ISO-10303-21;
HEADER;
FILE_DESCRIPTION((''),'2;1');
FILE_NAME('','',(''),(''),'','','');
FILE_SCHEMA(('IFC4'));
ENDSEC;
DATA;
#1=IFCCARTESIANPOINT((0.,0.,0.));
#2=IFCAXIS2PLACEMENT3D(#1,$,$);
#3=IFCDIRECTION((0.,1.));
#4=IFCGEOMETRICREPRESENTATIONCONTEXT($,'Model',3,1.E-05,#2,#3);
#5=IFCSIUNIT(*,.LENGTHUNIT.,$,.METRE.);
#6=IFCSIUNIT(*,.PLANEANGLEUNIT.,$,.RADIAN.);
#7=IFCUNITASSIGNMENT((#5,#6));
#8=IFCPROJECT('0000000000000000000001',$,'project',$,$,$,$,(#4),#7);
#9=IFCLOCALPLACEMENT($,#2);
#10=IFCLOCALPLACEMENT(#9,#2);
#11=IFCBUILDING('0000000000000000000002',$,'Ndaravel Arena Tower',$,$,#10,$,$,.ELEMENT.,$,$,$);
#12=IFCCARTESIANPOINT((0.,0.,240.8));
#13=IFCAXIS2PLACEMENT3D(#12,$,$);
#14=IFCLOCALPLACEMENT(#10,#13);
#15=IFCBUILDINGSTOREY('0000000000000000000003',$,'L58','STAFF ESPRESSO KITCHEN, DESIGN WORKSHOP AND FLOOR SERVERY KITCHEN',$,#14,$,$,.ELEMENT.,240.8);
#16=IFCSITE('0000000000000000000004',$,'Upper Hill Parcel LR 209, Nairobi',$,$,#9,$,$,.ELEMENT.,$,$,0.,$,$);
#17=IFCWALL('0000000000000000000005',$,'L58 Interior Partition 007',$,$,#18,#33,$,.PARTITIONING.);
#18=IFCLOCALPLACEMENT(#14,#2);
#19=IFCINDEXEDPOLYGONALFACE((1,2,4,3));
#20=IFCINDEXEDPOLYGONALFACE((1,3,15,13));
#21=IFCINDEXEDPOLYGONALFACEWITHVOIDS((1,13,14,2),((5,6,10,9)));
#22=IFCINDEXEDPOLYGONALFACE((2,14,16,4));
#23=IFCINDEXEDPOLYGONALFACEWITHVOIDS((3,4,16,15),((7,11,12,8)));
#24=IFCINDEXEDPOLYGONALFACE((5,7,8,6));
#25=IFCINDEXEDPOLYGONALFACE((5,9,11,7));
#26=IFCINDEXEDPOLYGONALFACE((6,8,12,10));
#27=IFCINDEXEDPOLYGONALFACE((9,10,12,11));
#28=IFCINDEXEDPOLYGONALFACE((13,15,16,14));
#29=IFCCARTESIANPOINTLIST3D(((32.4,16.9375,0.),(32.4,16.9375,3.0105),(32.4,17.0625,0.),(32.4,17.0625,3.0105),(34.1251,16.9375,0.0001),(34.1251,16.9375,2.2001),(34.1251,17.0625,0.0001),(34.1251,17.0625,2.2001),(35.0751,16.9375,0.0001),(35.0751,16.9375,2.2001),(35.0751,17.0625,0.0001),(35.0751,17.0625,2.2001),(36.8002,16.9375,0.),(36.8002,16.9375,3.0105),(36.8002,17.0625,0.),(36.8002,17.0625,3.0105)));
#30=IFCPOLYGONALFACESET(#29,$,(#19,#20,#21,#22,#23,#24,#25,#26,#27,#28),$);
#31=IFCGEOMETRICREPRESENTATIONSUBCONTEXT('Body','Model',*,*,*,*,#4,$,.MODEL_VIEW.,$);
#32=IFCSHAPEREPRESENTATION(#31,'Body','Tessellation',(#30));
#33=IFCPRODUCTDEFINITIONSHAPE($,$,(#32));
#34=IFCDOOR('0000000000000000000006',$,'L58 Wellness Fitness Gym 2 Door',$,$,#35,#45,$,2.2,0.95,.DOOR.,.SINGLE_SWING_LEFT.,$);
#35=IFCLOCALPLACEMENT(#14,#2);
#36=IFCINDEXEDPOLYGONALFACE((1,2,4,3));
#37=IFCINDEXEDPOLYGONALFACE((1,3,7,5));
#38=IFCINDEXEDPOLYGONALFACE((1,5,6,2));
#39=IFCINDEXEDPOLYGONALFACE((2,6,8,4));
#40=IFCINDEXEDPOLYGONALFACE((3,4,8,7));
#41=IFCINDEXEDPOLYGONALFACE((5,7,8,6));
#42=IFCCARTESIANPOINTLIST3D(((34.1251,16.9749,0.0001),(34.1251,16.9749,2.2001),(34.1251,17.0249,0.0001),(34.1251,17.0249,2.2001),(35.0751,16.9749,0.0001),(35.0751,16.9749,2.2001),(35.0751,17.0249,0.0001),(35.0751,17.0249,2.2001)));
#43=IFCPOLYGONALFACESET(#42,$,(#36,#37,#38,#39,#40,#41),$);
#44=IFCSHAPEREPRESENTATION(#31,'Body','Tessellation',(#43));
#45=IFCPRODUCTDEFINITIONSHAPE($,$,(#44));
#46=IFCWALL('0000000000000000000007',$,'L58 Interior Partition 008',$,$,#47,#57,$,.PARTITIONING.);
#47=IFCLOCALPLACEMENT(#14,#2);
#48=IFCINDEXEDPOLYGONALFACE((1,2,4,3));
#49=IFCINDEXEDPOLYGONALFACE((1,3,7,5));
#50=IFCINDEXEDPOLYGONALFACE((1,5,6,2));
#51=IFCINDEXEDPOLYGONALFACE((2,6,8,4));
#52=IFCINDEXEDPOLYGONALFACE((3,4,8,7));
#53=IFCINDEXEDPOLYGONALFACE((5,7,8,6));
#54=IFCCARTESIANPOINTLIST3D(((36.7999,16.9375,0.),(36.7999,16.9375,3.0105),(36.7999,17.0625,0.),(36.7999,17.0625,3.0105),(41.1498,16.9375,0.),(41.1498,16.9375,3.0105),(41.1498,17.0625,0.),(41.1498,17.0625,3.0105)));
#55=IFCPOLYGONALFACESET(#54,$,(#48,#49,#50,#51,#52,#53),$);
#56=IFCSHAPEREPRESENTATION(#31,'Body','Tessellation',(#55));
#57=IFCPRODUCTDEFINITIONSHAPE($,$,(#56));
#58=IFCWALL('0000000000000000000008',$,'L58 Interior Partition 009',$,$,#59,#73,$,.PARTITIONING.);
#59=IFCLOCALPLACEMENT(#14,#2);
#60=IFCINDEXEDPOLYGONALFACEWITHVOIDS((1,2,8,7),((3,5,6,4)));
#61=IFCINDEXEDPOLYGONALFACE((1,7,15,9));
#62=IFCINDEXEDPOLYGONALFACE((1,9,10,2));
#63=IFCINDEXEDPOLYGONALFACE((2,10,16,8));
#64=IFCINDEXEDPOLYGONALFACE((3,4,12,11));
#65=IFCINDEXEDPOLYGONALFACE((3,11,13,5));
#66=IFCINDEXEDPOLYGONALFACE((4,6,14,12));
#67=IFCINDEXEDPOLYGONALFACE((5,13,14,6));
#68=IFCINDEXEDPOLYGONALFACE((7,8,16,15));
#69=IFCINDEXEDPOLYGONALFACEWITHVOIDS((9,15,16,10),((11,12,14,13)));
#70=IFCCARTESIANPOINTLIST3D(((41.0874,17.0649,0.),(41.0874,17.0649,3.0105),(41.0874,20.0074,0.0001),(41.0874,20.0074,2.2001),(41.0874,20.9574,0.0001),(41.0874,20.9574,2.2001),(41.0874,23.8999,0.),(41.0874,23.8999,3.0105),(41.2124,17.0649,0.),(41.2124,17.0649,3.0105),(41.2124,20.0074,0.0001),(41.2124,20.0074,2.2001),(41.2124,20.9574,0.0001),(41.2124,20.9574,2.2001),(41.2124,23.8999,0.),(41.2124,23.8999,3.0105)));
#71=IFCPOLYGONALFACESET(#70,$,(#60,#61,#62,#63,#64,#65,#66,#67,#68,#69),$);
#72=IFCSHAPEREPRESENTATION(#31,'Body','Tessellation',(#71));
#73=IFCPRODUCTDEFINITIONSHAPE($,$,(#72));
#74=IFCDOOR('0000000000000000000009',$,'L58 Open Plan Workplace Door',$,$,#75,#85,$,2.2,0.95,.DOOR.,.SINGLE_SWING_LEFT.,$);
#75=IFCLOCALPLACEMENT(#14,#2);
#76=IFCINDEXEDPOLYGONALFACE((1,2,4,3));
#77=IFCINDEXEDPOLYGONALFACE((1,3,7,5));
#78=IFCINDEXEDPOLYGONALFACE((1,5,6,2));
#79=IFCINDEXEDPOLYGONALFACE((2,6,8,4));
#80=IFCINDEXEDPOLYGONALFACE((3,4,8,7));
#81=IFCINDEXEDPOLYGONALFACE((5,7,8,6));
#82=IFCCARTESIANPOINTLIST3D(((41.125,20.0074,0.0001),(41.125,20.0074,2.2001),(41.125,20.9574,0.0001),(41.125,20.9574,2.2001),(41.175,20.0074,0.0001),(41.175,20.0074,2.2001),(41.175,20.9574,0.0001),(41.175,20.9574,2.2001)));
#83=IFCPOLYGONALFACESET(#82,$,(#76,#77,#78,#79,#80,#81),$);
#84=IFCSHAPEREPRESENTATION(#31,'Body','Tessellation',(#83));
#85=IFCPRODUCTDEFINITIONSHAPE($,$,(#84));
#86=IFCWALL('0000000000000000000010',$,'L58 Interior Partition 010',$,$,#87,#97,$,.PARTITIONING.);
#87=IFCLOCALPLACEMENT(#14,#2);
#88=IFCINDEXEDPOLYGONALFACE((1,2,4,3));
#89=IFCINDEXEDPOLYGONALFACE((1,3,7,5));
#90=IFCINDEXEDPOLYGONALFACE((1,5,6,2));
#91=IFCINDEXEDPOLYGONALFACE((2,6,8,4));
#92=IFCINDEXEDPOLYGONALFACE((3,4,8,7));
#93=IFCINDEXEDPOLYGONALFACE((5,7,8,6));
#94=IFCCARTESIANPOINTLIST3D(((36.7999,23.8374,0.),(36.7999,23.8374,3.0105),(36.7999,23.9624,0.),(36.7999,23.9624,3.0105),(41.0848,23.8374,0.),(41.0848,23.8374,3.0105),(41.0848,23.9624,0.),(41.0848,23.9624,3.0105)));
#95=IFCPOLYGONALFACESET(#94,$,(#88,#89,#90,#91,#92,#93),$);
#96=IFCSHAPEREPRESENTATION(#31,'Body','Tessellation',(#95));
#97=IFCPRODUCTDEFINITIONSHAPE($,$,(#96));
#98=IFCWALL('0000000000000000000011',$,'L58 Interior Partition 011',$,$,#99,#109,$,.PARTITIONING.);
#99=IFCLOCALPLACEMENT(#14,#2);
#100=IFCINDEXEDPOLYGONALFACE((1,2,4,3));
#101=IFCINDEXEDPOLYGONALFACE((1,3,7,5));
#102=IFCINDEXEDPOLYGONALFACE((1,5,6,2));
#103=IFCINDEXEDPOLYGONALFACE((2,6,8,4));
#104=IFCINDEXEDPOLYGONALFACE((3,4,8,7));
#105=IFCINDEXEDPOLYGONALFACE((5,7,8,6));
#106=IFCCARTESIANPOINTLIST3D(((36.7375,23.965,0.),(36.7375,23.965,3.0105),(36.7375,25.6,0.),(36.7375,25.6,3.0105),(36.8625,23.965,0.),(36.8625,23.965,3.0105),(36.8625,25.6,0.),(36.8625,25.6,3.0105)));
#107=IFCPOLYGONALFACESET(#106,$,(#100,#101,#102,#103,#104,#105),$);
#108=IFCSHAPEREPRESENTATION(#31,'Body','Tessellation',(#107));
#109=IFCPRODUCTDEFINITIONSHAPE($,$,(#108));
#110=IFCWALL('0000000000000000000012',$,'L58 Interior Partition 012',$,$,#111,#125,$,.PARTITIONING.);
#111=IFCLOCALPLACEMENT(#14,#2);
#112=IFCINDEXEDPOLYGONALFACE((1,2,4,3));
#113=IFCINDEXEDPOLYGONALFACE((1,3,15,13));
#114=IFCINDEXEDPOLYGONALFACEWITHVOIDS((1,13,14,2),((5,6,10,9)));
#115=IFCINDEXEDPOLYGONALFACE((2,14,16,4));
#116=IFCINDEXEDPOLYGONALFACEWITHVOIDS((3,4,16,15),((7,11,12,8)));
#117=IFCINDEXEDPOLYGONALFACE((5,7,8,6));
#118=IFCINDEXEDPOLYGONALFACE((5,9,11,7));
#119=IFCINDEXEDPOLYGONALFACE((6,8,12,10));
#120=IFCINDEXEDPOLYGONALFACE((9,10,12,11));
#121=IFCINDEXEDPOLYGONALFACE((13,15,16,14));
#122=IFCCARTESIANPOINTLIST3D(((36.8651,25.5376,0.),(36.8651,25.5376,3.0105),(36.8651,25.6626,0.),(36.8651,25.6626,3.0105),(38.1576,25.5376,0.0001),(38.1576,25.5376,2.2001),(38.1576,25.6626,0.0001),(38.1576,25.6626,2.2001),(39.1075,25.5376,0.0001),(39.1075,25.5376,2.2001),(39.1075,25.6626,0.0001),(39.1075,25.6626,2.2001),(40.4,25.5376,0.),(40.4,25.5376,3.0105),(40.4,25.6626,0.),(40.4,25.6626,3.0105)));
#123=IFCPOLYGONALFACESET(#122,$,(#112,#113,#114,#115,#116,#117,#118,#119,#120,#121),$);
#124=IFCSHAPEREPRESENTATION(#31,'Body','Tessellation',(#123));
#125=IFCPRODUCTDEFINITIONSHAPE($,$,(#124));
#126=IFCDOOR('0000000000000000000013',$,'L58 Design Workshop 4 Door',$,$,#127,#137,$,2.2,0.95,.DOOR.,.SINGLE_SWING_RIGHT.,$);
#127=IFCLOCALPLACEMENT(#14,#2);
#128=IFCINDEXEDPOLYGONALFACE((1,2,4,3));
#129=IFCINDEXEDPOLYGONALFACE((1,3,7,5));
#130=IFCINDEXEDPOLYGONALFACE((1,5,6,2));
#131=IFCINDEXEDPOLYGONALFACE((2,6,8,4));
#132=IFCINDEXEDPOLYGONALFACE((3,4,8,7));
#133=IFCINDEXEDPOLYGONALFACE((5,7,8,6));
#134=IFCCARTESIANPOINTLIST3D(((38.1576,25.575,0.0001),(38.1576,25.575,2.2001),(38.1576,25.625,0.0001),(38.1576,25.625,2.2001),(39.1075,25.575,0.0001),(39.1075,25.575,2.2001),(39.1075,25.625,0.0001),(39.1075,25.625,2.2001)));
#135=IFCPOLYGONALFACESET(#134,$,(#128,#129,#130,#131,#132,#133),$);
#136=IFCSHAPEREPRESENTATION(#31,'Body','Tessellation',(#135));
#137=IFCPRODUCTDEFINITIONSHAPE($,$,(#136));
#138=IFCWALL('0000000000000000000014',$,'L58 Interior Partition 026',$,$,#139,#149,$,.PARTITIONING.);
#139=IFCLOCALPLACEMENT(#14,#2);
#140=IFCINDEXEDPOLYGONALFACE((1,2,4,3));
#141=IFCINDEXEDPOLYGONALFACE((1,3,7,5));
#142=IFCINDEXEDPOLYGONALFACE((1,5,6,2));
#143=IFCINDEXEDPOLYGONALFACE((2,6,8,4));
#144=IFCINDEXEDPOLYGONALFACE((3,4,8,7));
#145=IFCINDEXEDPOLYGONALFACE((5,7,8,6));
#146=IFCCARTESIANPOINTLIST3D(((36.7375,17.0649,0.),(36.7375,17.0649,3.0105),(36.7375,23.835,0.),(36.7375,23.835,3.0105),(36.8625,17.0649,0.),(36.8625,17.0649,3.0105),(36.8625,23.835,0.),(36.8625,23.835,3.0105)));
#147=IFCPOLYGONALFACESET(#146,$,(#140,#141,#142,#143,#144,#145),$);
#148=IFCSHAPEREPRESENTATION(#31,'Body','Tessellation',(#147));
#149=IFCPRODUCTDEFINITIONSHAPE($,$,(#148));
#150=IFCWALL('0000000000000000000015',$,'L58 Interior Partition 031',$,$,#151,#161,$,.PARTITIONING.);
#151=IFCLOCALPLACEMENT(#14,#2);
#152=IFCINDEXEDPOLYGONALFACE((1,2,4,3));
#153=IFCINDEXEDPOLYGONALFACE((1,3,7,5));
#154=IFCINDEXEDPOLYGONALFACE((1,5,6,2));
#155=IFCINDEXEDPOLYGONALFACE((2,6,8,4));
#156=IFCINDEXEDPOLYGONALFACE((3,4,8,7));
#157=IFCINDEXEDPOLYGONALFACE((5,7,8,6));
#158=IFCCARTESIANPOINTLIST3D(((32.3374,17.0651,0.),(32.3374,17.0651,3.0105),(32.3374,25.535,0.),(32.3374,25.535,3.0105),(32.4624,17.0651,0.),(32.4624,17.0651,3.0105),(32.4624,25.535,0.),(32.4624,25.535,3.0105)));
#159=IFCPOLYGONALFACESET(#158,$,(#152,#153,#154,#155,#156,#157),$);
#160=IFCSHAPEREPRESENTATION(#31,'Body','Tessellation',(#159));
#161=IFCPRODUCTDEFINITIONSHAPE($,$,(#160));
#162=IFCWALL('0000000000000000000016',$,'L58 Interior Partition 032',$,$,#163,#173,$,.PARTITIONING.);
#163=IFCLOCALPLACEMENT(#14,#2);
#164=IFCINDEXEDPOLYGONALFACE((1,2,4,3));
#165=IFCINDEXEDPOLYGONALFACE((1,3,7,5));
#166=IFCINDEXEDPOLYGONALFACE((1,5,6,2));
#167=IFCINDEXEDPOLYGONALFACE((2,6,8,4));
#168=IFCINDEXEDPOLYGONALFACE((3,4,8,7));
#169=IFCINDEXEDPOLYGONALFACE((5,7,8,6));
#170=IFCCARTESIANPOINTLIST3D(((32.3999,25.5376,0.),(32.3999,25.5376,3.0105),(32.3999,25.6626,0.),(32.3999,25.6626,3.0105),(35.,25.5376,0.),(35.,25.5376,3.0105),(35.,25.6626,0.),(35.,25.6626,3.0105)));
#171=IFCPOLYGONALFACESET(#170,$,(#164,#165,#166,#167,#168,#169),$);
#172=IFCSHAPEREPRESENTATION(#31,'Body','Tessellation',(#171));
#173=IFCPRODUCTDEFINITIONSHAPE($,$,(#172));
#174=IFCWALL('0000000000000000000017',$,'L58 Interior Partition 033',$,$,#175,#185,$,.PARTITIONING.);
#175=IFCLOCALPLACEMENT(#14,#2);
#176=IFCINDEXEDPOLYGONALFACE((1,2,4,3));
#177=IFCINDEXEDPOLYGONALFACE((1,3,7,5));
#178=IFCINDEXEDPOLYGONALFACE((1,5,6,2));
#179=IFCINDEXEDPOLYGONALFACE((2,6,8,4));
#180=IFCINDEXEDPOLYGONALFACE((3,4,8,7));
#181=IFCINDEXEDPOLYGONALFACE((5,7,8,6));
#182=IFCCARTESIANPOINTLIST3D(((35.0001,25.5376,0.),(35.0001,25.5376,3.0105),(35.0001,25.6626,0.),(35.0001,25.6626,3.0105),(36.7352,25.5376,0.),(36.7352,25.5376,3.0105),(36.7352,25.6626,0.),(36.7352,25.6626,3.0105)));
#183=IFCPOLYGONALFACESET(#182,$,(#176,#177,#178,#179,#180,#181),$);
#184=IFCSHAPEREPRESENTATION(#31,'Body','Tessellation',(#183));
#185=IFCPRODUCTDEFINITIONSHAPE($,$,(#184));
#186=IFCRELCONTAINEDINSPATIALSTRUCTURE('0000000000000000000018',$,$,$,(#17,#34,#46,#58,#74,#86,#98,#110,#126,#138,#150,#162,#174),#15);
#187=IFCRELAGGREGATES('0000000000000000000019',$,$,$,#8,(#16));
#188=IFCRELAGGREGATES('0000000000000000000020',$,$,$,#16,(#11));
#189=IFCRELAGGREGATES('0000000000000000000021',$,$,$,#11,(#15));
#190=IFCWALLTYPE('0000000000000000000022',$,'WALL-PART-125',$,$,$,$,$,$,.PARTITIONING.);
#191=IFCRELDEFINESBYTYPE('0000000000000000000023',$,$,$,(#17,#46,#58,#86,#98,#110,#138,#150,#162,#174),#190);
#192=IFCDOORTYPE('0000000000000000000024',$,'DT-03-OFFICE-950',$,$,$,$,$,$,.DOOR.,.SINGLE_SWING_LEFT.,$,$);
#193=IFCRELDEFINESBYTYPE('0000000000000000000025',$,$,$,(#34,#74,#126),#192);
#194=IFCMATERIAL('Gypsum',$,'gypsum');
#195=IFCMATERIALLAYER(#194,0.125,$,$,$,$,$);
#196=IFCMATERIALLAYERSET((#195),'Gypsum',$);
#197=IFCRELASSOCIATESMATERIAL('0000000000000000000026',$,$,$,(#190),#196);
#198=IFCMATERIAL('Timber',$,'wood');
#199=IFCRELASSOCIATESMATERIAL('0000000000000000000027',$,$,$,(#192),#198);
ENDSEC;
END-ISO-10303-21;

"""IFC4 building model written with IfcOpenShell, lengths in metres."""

from ifc_helpers import new_model, si_unit, direction, frame, frame_2d, origin, place, context, subcontext, project, spatial, rectangle, extrude, material, layer, layer_set, type_object, element, fill, save


model = new_model("IFC4")

# Units and contexts
model_context = context("Model", 3, precision=1e-05, world=origin(), true_north=direction((0.0, 1.0)))
body_context = subcontext(model_context, "Body", "Model", "MODEL_VIEW")
ifc_project = project(units=[si_unit("LENGTHUNIT", "METRE"), si_unit("PLANEANGLEUNIT", "RADIAN")], contexts=[model_context])

# Site, building, storey
site_placement = place(None, origin())
site = spatial("IfcSite", under=ifc_project, at=site_placement, Name="Upper Hill Parcel LR 209, Nairobi", CompositionType="ELEMENT", RefElevation=0.0)
building_placement = place(site_placement, origin())
building = spatial("IfcBuilding", under=site, at=building_placement, Name="Ndaravel Arena Tower", CompositionType="ELEMENT")
storey_placement = place(building_placement, frame((0.0, 0.0, 240.8)))
storey = spatial("IfcBuildingStorey", under=building, at=storey_placement, Name="L58", Description="STAFF ESPRESSO KITCHEN, DESIGN WORKSHOP AND FLOOR SERVERY KITCHEN", CompositionType="ELEMENT", Elevation=240.8)

# Wall, opening, door
ifc_material_1 = material(Name="Gypsum", Category="gypsum")
ifc_layer_1 = layer(ifc_material_1, 0.125)
ifc_layer_set_1 = layer_set([ifc_layer_1], Name="Gypsum")
wall_type_1 = type_object("IfcWallType", Name="WALL-PART-125", PredefinedType="PARTITIONING", material=ifc_layer_set_1)
wall_1_placement = place(storey_placement, frame((32.3999, 17.0, 0.0), z_axis=(0.0, 0.0, 1.0), x_axis=(1.0, 0.0, 0.0)))
wall_1 = element("IfcWall", 1, at=wall_1_placement, inside=storey, type_object=wall_type_1, Name="L58 Interior Partition 007", PredefinedType="PARTITIONING", context=body_context, shape_type="SweptSolid", body=[
    extrude(rectangle(XDim=4.4001, YDim=0.125, at=frame_2d((2.2002, 0.0))), origin(), (0.0, 0.0, 1.0), 3.0105),
])
opening_1_placement = place(wall_1_placement, frame((1.7251, 0.0, 0.0)))
opening_1 = element("IfcOpeningElement", 2, at=opening_1_placement, cuts=wall_1, PredefinedType="OPENING", context=body_context, shape_type="SweptSolid", body=[
    extrude(rectangle(XDim=0.95, YDim=2.2, at=frame_2d((0.4751, 1.1001))), frame((0.0, 0.0625, 0.0), z_axis=(0.0, -1.0, 0.0), x_axis=(1.0, 0.0, 0.0)), (0.0, 0.0, 1.0), 0.125),
])
ifc_material_2 = material(Name="Timber", Category="wood")
door_type = type_object("IfcDoorType", Name="DT-03-OFFICE-950", OperationType="SINGLE_SWING_LEFT", PredefinedType="DOOR", material=ifc_material_2)
door_1_placement = place(opening_1_placement, origin())
door_1 = element("IfcDoor", 3, at=door_1_placement, inside=storey, type_object=door_type, Name="L58 Wellness Fitness Gym 2 Door", OperationType="SINGLE_SWING_LEFT", OverallHeight=2.2, OverallWidth=0.95, PredefinedType="DOOR", context=body_context, shape_type="SweptSolid", body=[
    extrude(rectangle(XDim=0.95, YDim=2.2, at=frame_2d((0.4751, 1.1001))), frame((0.0, 0.0249, 0.0), z_axis=(0.0, -1.0, 0.0), x_axis=(1.0, 0.0, 0.0)), (0.0, 0.0, 1.0), 0.05),
])
fill(opening_1, door_1)

# Wall
wall_2_placement = place(storey_placement, frame((36.8, 17.0, 0.0), z_axis=(0.0, 0.0, 1.0), x_axis=(1.0, 0.0, 0.0)))
element("IfcWall", 4, at=wall_2_placement, inside=storey, type_object=wall_type_1, Name="L58 Interior Partition 008", PredefinedType="PARTITIONING", context=body_context, shape_type="SweptSolid", body=[
    extrude(rectangle(XDim=4.3499, YDim=0.125, at=frame_2d((2.1748, 0.0))), origin(), (0.0, 0.0, 1.0), 3.0105),
])

# Wall, opening, door
wall_3_placement = place(storey_placement, frame((41.1499, 17.0649, 0.0), z_axis=(0.0, 0.0, 1.0), x_axis=(0.0, 1.0, 0.0)))
wall_3 = element("IfcWall", 5, at=wall_3_placement, inside=storey, type_object=wall_type_1, Name="L58 Interior Partition 009", PredefinedType="PARTITIONING", context=body_context, shape_type="SweptSolid", body=[
    extrude(rectangle(XDim=6.835, YDim=0.125, at=frame_2d((3.4175, 0.0))), origin(), (0.0, 0.0, 1.0), 3.0105),
])
opening_2_placement = place(wall_3_placement, frame((2.9424, 0.0, 0.0)))
opening_2 = element("IfcOpeningElement", 6, at=opening_2_placement, cuts=wall_3, PredefinedType="OPENING", context=body_context, shape_type="SweptSolid", body=[
    extrude(rectangle(XDim=0.95, YDim=2.2, at=frame_2d((0.4751, 1.1001))), frame((0.0, 0.0625, 0.0), z_axis=(0.0, -1.0, 0.0), x_axis=(1.0, 0.0, 0.0)), (0.0, 0.0, 1.0), 0.125),
])
door_2_placement = place(opening_2_placement, origin())
door_2 = element("IfcDoor", 7, at=door_2_placement, inside=storey, type_object=door_type, Name="L58 Open Plan Workplace Door", OperationType="SINGLE_SWING_LEFT", OverallHeight=2.2, OverallWidth=0.95, PredefinedType="DOOR", context=body_context, shape_type="SweptSolid", body=[
    extrude(rectangle(XDim=0.95, YDim=2.2, at=frame_2d((0.4751, 1.1001))), frame((0.0, 0.0249, 0.0), z_axis=(0.0, -1.0, 0.0), x_axis=(1.0, 0.0, 0.0)), (0.0, 0.0, 1.0), 0.05),
])
fill(opening_2, door_2)

# Walls
wall_4_placement = place(storey_placement, frame((41.085, 23.8999, 0.0), z_axis=(0.0, 0.0, 1.0), x_axis=(-1.0, 0.0, 0.0)))
element("IfcWall", 8, at=wall_4_placement, inside=storey, type_object=wall_type_1, Name="L58 Interior Partition 010", PredefinedType="PARTITIONING", context=body_context, shape_type="SweptSolid", body=[
    extrude(rectangle(XDim=4.2849, YDim=0.125, at=frame_2d((2.1426, 0.0))), origin(), (0.0, 0.0, 1.0), 3.0105),
])
wall_5_placement = place(storey_placement, frame((36.8, 23.9651, 0.0), z_axis=(0.0, 0.0, 1.0), x_axis=(0.0, 1.0, 0.0)))
element("IfcWall", 9, at=wall_5_placement, inside=storey, type_object=wall_type_1, Name="L58 Interior Partition 011", PredefinedType="PARTITIONING", context=body_context, shape_type="SweptSolid", body=[
    extrude(rectangle(XDim=1.635, YDim=0.125, at=frame_2d((0.8174, 0.0))), origin(), (0.0, 0.0, 1.0), 3.0105),
])

# Wall, opening, door
wall_6_placement = place(storey_placement, frame((36.865, 25.6001, 0.0), z_axis=(0.0, 0.0, 1.0), x_axis=(1.0, 0.0, 0.0)))
wall_6 = element("IfcWall", 10, at=wall_6_placement, inside=storey, type_object=wall_type_1, Name="L58 Interior Partition 012", PredefinedType="PARTITIONING", context=body_context, shape_type="SweptSolid", body=[
    extrude(rectangle(XDim=3.5349, YDim=0.125, at=frame_2d((1.7676, 0.0))), origin(), (0.0, 0.0, 1.0), 3.0105),
])
opening_3_placement = place(wall_6_placement, frame((1.2925, 0.0, 0.0)))
opening_3 = element("IfcOpeningElement", 11, at=opening_3_placement, cuts=wall_6, PredefinedType="OPENING", context=body_context, shape_type="SweptSolid", body=[
    extrude(rectangle(XDim=0.95, YDim=2.2, at=frame_2d((0.4751, 1.1001))), frame((0.0, 0.0625, 0.0), z_axis=(0.0, -1.0, 0.0), x_axis=(1.0, 0.0, 0.0)), (0.0, 0.0, 1.0), 0.125),
])
door_3_placement = place(opening_3_placement, origin())
door_3 = element("IfcDoor", 12, at=door_3_placement, inside=storey, type_object=door_type, Name="L58 Design Workshop 4 Door", OperationType="SINGLE_SWING_RIGHT", OverallHeight=2.2, OverallWidth=0.95, PredefinedType="DOOR", context=body_context, shape_type="SweptSolid", body=[
    extrude(rectangle(XDim=0.95, YDim=2.2, at=frame_2d((0.4751, 1.1001))), frame((0.0, 0.0249, 0.0), z_axis=(0.0, -1.0, 0.0), x_axis=(1.0, 0.0, 0.0)), (0.0, 0.0, 1.0), 0.05),
])
fill(opening_3, door_3)

# Walls
wall_7_placement = place(storey_placement, frame((36.8, 17.0649, 0.0), z_axis=(0.0, 0.0, 1.0), x_axis=(0.0, 1.0, 0.0)))
element("IfcWall", 13, at=wall_7_placement, inside=storey, type_object=wall_type_1, Name="L58 Interior Partition 026", PredefinedType="PARTITIONING", context=body_context, shape_type="SweptSolid", body=[
    extrude(rectangle(XDim=6.77, YDim=0.125, at=frame_2d((3.385, 0.0))), origin(), (0.0, 0.0, 1.0), 3.0105),
])
wall_8_placement = place(storey_placement, frame((32.3999, 25.5349, 0.0), z_axis=(0.0, 0.0, 1.0), x_axis=(0.0, -1.0, 0.0)))
element("IfcWall", 14, at=wall_8_placement, inside=storey, type_object=wall_type_1, Name="L58 Interior Partition 031", PredefinedType="PARTITIONING", context=body_context, shape_type="SweptSolid", body=[
    extrude(rectangle(XDim=8.47, YDim=0.125, at=frame_2d((4.2349, 0.0))), origin(), (0.0, 0.0, 1.0), 3.0105),
])
wall_9_placement = place(storey_placement, frame((32.3999, 25.6001, 0.0), z_axis=(0.0, 0.0, 1.0), x_axis=(1.0, 0.0, 0.0)))
element("IfcWall", 15, at=wall_9_placement, inside=storey, type_object=wall_type_1, Name="L58 Interior Partition 032", PredefinedType="PARTITIONING", context=body_context, shape_type="SweptSolid", body=[
    extrude(rectangle(XDim=2.6001, YDim=0.125, at=frame_2d((1.3, 0.0))), origin(), (0.0, 0.0, 1.0), 3.0105),
])
wall_10_placement = place(storey_placement, frame((35.0, 25.6001, 0.0), z_axis=(0.0, 0.0, 1.0), x_axis=(1.0, 0.0, 0.0)))
element("IfcWall", 16, at=wall_10_placement, inside=storey, type_object=wall_type_1, Name="L58 Interior Partition 033", PredefinedType="PARTITIONING", context=body_context, shape_type="SweptSolid", body=[
    extrude(rectangle(XDim=1.7351, YDim=0.125, at=frame_2d((0.8677, 0.0))), origin(), (0.0, 0.0, 1.0), 3.0105),
])

save(model, "model.ifc")
